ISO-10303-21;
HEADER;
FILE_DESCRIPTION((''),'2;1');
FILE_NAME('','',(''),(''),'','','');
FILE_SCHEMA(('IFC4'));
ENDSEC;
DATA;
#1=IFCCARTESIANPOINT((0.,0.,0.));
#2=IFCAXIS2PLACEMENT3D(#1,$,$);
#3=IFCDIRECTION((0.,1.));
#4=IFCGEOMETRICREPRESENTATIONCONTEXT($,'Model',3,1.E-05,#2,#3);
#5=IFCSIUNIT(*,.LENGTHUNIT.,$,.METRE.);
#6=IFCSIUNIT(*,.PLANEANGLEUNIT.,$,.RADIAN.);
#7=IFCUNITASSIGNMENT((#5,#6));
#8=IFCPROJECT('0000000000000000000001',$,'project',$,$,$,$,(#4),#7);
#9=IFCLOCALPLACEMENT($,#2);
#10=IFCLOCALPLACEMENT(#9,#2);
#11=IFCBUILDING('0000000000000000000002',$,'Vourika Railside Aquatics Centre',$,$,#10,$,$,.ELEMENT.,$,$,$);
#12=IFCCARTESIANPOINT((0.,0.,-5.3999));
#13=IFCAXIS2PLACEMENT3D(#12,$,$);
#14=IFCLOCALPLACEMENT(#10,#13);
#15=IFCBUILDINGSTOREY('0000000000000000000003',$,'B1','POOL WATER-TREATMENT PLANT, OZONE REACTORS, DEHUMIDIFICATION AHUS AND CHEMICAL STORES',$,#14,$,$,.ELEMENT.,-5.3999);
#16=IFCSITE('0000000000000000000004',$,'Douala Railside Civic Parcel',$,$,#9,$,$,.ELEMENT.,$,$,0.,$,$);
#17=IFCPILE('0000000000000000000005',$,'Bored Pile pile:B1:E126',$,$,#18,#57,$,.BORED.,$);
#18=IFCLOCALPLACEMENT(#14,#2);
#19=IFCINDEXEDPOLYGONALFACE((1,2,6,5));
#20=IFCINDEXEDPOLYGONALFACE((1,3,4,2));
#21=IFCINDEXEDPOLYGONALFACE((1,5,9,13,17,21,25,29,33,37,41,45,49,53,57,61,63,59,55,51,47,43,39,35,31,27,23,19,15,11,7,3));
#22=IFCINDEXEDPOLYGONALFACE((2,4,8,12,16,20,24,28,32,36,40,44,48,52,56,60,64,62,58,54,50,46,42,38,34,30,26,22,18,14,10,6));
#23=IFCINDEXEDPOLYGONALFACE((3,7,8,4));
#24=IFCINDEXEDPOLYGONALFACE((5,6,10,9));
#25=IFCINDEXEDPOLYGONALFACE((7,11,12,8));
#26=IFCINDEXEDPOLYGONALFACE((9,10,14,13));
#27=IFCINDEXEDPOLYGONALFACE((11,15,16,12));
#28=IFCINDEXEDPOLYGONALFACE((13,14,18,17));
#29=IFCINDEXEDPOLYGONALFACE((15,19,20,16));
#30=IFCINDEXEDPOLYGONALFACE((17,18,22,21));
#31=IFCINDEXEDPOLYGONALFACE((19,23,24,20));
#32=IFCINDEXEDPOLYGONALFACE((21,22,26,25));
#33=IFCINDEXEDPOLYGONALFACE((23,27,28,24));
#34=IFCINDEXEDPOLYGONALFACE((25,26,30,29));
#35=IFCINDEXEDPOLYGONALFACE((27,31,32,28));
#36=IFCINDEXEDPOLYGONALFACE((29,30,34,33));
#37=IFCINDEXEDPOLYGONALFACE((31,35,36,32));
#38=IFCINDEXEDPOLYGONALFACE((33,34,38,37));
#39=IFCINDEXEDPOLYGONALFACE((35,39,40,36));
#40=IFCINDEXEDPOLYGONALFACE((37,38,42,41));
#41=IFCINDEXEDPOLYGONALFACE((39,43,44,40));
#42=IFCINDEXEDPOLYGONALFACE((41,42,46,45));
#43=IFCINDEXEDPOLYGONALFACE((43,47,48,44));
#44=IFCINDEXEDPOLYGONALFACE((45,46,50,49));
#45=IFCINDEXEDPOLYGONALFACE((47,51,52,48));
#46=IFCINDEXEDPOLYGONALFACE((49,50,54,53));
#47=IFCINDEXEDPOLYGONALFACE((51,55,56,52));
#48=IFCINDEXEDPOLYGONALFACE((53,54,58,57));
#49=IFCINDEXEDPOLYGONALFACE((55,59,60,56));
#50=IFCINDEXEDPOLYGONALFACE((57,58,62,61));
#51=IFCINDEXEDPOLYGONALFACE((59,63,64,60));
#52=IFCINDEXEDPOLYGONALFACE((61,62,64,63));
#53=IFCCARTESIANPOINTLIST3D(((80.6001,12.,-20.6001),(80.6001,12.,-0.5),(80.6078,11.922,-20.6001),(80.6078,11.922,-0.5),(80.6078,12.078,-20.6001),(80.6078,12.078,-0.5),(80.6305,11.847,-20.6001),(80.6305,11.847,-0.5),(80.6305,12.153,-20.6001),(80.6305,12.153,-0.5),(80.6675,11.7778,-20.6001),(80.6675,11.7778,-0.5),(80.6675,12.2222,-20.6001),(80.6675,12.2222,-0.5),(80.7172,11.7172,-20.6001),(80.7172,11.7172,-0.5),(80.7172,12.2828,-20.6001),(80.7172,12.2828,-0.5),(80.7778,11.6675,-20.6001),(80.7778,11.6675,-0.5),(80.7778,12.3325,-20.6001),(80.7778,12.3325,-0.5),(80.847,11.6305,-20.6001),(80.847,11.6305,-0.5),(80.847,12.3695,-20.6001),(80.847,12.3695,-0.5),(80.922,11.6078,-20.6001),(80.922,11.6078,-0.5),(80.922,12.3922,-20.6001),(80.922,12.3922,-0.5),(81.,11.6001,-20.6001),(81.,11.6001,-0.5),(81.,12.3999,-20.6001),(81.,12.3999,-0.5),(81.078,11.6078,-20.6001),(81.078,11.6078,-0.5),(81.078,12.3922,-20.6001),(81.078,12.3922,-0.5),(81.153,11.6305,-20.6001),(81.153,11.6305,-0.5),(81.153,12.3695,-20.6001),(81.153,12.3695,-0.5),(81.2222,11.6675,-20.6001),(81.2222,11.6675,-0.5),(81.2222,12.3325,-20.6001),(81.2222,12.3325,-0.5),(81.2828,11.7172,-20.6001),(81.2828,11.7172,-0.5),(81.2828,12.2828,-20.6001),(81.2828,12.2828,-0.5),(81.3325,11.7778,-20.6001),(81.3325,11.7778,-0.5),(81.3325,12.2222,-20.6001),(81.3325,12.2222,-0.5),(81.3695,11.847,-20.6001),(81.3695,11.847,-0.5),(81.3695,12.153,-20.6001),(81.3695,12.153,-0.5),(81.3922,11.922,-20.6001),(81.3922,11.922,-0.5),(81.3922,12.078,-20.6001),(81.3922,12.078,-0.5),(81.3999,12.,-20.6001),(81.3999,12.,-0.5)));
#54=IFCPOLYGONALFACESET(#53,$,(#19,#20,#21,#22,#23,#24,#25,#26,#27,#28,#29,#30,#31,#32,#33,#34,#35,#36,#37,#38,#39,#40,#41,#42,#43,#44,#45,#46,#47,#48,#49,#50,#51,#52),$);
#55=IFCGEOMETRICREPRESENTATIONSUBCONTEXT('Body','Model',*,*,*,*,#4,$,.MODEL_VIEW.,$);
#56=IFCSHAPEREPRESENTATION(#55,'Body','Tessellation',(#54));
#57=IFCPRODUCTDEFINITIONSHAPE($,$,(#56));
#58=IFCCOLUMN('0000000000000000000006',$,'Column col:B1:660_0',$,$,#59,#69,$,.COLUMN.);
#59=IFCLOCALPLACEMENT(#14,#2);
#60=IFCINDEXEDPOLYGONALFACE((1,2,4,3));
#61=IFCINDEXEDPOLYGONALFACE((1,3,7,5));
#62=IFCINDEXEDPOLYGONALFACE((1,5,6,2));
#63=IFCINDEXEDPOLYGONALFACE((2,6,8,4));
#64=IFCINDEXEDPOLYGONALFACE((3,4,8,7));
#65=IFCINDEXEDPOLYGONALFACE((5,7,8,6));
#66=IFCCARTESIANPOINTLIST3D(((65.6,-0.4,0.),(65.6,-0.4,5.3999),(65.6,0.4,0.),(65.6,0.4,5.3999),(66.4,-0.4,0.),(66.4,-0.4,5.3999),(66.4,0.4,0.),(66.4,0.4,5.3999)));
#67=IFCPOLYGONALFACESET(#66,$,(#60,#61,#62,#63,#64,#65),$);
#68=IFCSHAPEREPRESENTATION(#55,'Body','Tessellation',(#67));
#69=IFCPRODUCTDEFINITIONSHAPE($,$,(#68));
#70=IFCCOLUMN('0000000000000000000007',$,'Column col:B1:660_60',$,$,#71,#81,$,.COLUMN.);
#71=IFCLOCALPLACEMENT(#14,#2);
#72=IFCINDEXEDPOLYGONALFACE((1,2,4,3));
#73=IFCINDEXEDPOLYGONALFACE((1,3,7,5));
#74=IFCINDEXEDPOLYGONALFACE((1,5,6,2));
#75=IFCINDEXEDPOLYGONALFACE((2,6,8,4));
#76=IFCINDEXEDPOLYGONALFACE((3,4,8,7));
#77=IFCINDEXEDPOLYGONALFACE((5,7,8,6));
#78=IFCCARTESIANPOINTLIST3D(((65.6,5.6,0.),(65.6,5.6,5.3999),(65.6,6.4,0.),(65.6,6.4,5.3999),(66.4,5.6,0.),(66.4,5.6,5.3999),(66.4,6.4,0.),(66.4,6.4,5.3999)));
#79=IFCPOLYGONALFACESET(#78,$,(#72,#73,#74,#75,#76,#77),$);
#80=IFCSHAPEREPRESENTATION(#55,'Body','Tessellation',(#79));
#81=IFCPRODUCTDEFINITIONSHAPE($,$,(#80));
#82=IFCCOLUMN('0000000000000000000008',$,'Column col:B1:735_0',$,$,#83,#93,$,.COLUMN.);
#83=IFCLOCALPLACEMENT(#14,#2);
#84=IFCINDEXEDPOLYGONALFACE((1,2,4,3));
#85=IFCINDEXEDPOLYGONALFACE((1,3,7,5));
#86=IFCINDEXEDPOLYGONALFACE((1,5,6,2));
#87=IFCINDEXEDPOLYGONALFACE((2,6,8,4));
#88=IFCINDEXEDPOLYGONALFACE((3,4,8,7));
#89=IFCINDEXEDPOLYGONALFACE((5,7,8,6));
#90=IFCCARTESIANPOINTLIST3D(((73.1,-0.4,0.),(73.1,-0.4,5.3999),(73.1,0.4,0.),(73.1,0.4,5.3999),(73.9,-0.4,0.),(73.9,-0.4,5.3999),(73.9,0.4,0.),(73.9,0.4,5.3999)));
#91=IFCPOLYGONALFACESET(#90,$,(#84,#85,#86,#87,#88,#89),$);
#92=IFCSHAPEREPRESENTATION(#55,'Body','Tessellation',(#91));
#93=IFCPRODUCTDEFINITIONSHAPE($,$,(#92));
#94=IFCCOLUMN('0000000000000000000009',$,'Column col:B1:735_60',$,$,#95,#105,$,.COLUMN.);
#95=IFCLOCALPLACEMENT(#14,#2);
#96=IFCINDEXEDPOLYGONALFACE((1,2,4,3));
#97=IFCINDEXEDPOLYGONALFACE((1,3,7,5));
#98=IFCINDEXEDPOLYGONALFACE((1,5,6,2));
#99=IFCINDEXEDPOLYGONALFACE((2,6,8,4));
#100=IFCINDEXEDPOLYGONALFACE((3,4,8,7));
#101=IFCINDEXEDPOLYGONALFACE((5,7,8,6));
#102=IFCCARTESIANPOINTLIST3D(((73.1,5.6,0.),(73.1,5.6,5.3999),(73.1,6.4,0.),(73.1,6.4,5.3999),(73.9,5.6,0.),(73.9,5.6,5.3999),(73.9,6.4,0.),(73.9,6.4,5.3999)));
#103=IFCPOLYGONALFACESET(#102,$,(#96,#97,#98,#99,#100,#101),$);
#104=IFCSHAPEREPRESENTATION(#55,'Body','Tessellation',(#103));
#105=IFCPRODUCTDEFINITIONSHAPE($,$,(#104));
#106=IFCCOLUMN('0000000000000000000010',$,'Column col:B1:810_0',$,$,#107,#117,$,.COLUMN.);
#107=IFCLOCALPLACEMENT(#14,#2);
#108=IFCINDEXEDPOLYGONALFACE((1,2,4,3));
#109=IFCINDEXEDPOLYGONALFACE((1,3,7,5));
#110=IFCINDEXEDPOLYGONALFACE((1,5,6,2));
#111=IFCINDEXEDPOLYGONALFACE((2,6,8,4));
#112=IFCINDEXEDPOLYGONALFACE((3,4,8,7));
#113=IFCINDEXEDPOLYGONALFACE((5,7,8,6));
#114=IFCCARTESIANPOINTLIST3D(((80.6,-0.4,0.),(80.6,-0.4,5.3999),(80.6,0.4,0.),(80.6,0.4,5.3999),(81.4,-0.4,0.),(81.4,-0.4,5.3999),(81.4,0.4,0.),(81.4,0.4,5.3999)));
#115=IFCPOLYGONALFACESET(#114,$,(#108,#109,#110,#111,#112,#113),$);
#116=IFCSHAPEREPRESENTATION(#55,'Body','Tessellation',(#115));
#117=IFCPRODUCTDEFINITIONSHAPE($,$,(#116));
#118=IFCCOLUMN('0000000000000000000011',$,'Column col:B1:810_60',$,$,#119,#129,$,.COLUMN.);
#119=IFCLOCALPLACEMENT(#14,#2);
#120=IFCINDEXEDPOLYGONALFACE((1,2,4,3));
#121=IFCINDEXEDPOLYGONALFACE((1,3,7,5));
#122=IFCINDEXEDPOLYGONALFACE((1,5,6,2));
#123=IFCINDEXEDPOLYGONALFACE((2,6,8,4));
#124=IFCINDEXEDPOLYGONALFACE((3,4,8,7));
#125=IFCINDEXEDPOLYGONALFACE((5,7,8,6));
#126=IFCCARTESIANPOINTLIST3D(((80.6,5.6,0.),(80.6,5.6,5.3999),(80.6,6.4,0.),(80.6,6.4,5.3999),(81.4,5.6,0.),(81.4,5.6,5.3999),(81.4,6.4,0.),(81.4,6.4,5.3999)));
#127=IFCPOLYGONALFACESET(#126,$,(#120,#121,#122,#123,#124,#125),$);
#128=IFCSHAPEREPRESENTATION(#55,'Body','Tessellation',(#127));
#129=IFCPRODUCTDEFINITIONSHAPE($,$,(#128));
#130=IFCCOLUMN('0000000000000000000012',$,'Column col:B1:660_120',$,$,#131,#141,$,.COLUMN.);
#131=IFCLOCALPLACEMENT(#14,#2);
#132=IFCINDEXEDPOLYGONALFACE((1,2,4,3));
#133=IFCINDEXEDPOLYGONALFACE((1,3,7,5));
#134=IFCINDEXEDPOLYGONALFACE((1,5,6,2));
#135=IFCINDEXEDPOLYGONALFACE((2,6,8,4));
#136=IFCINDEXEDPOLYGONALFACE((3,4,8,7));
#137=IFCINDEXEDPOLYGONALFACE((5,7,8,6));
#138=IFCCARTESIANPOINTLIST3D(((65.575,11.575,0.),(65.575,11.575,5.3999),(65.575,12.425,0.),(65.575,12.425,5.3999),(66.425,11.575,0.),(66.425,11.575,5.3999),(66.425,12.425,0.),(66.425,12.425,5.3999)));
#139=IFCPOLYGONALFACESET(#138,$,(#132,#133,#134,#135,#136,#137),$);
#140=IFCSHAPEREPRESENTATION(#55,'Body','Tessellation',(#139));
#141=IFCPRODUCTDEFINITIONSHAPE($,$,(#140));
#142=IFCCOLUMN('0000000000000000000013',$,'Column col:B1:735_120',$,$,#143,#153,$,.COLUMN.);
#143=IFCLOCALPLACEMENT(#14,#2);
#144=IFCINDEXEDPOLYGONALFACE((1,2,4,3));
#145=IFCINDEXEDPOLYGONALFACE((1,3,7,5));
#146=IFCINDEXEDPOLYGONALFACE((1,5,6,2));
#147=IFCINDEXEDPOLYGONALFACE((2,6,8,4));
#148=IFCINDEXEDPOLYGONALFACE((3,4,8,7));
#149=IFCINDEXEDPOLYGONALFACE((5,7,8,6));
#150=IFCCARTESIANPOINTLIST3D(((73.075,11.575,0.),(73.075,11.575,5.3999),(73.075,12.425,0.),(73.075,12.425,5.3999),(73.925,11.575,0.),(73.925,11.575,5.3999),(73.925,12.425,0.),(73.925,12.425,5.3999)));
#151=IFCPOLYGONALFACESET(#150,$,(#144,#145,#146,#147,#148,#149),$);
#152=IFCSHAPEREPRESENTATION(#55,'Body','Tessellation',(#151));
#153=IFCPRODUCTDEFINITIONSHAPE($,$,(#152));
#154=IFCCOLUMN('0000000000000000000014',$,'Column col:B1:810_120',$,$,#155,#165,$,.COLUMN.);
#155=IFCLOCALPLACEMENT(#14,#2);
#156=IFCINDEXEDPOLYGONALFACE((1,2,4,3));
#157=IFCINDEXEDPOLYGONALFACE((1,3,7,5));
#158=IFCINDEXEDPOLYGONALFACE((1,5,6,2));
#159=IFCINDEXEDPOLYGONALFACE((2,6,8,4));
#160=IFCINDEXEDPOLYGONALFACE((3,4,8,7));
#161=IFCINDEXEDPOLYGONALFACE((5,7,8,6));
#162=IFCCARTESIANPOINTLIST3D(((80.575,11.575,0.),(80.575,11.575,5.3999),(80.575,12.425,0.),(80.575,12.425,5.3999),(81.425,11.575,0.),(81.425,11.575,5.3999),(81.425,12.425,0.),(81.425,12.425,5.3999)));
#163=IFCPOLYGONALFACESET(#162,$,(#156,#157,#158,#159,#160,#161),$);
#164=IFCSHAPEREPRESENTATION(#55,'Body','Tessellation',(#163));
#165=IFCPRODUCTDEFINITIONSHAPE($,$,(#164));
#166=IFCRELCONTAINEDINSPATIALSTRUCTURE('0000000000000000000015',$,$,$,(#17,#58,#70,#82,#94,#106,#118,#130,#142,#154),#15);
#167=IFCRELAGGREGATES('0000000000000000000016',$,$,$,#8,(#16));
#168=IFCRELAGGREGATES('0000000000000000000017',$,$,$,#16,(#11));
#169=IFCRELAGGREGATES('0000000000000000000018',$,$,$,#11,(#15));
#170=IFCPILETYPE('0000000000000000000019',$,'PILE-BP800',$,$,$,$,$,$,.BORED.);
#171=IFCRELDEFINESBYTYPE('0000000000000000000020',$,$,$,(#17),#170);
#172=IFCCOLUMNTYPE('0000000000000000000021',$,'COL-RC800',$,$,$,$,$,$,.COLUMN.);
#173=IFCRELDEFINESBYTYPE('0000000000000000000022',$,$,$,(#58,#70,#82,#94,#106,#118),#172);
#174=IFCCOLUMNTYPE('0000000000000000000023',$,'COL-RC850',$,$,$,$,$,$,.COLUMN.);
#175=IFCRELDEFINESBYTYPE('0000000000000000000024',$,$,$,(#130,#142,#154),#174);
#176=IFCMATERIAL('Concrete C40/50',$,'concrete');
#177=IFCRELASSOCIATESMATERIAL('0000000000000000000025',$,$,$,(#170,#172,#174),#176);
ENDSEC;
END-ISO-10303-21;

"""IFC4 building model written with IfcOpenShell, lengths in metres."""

from ifc_helpers import new_model, si_unit, direction, frame, origin, origin_2d, place, context, subcontext, project, spatial, rectangle, circle, extrude, material, material_profile, profile_set, type_object, element, save


model = new_model("IFC4")

# Units and contexts
model_context = context("Model", 3, precision=1e-05, world=origin(), true_north=direction((0.0, 1.0)))
body_context = subcontext(model_context, "Body", "Model", "MODEL_VIEW")
ifc_project = project(units=[si_unit("LENGTHUNIT", "METRE"), si_unit("PLANEANGLEUNIT", "RADIAN")], contexts=[model_context])

# Site, building, storey
site_placement = place(None, origin())
site = spatial("IfcSite", under=ifc_project, at=site_placement, Name="Douala Railside Civic Parcel", CompositionType="ELEMENT", RefElevation=0.0)
building_placement = place(site_placement, origin())
building = spatial("IfcBuilding", under=site, at=building_placement, Name="Vourika Railside Aquatics Centre", CompositionType="ELEMENT")
storey_placement = place(building_placement, frame((0.0, 0.0, -5.3999)))
storey = spatial("IfcBuildingStorey", under=building, at=storey_placement, Name="B1", Description="POOL WATER-TREATMENT PLANT, OZONE REACTORS, DEHUMIDIFICATION AHUS AND CHEMICAL STORES", CompositionType="ELEMENT", Elevation=-5.3999)

# Shared definitions
ifc_material = material(Name="Concrete C40/50", Category="concrete")

# Pile
ifc_material_profile_1 = material_profile(ifc_material, circle(Radius=0.3999, at=origin_2d()), Name="BP 800")
ifc_profile_set_1 = profile_set([ifc_material_profile_1], Name="Concrete C40/50")
pile_type = type_object("IfcPileType", Name="PILE-BP800", PredefinedType="BORED", material=ifc_profile_set_1)
pile_1_placement = place(storey_placement, frame((81.0, 12.0, -0.5), z_axis=(0.0, 0.0, -1.0), x_axis=(1.0, 0.0, 0.0)))
element("IfcPile", 1, at=pile_1_placement, inside=storey, type_object=pile_type, Name="Bored Pile pile:B1:E126", PredefinedType="BORED", context=body_context, shape_type="SweptSolid", body=[
    extrude(circle(Radius=0.3999, at=origin_2d()), origin(), (0.0, 0.0, 1.0), 20.1001),
])

# Columns
ifc_material_profile_2 = material_profile(ifc_material, rectangle(XDim=0.8, YDim=0.8, at=origin_2d()), Name="RC 800x800")
ifc_profile_set_2 = profile_set([ifc_material_profile_2], Name="Concrete C40/50")
column_type_1 = type_object("IfcColumnType", Name="COL-RC800", PredefinedType="COLUMN", material=ifc_profile_set_2)
for number, where, z_axis, x_axis, name in (
    (2, (66.0, 0.0, 0.0), (0.0, 0.0, 1.0), (1.0, 0.0, 0.0), "Column col:B1:660_0"),
    (3, (66.0, 6.0, 0.0), (0.0, 0.0, 1.0), (1.0, 0.0, 0.0), "Column col:B1:660_60"),
    (4, (73.5, 0.0, 0.0), (0.0, 0.0, 1.0), (1.0, 0.0, 0.0), "Column col:B1:735_0"),
    (5, (73.5, 6.0, 0.0), (0.0, 0.0, 1.0), (1.0, 0.0, 0.0), "Column col:B1:735_60"),
    (6, (81.0, 0.0, 0.0), (0.0, 0.0, 1.0), (1.0, 0.0, 0.0), "Column col:B1:810_0"),
    (7, (81.0, 6.0, 0.0), (0.0, 0.0, 1.0), (1.0, 0.0, 0.0), "Column col:B1:810_60"),
):
    element("IfcColumn", number, at=place(storey_placement, frame(where, z_axis=z_axis, x_axis=x_axis)), inside=storey, type_object=column_type_1, Name=name, PredefinedType="COLUMN", context=body_context, shape_type="SweptSolid", body=[
        extrude(rectangle(XDim=0.8, YDim=0.8, at=origin_2d()), origin(), (0.0, 0.0, 1.0), 5.3999),
    ])
ifc_material_profile_3 = material_profile(ifc_material, rectangle(XDim=0.8501, YDim=0.8501, at=origin_2d()), Name="RC 850x850")
ifc_profile_set_3 = profile_set([ifc_material_profile_3], Name="Concrete C40/50")
column_type_2 = type_object("IfcColumnType", Name="COL-RC850", PredefinedType="COLUMN", material=ifc_profile_set_3)
for number, where, z_axis, x_axis, name in (
    (8, (66.0, 12.0, 0.0), (0.0, 0.0, 1.0), (1.0, 0.0, 0.0), "Column col:B1:660_120"),
    (9, (73.5, 12.0, 0.0), (0.0, 0.0, 1.0), (1.0, 0.0, 0.0), "Column col:B1:735_120"),
    (10, (81.0, 12.0, 0.0), (0.0, 0.0, 1.0), (1.0, 0.0, 0.0), "Column col:B1:810_120"),
):
    element("IfcColumn", number, at=place(storey_placement, frame(where, z_axis=z_axis, x_axis=x_axis)), inside=storey, type_object=column_type_2, Name=name, PredefinedType="COLUMN", context=body_context, shape_type="SweptSolid", body=[
        extrude(rectangle(XDim=0.8501, YDim=0.8501, at=origin_2d()), origin(), (0.0, 0.0, 1.0), 5.3999),
    ])

save(model, "model.ifc")
